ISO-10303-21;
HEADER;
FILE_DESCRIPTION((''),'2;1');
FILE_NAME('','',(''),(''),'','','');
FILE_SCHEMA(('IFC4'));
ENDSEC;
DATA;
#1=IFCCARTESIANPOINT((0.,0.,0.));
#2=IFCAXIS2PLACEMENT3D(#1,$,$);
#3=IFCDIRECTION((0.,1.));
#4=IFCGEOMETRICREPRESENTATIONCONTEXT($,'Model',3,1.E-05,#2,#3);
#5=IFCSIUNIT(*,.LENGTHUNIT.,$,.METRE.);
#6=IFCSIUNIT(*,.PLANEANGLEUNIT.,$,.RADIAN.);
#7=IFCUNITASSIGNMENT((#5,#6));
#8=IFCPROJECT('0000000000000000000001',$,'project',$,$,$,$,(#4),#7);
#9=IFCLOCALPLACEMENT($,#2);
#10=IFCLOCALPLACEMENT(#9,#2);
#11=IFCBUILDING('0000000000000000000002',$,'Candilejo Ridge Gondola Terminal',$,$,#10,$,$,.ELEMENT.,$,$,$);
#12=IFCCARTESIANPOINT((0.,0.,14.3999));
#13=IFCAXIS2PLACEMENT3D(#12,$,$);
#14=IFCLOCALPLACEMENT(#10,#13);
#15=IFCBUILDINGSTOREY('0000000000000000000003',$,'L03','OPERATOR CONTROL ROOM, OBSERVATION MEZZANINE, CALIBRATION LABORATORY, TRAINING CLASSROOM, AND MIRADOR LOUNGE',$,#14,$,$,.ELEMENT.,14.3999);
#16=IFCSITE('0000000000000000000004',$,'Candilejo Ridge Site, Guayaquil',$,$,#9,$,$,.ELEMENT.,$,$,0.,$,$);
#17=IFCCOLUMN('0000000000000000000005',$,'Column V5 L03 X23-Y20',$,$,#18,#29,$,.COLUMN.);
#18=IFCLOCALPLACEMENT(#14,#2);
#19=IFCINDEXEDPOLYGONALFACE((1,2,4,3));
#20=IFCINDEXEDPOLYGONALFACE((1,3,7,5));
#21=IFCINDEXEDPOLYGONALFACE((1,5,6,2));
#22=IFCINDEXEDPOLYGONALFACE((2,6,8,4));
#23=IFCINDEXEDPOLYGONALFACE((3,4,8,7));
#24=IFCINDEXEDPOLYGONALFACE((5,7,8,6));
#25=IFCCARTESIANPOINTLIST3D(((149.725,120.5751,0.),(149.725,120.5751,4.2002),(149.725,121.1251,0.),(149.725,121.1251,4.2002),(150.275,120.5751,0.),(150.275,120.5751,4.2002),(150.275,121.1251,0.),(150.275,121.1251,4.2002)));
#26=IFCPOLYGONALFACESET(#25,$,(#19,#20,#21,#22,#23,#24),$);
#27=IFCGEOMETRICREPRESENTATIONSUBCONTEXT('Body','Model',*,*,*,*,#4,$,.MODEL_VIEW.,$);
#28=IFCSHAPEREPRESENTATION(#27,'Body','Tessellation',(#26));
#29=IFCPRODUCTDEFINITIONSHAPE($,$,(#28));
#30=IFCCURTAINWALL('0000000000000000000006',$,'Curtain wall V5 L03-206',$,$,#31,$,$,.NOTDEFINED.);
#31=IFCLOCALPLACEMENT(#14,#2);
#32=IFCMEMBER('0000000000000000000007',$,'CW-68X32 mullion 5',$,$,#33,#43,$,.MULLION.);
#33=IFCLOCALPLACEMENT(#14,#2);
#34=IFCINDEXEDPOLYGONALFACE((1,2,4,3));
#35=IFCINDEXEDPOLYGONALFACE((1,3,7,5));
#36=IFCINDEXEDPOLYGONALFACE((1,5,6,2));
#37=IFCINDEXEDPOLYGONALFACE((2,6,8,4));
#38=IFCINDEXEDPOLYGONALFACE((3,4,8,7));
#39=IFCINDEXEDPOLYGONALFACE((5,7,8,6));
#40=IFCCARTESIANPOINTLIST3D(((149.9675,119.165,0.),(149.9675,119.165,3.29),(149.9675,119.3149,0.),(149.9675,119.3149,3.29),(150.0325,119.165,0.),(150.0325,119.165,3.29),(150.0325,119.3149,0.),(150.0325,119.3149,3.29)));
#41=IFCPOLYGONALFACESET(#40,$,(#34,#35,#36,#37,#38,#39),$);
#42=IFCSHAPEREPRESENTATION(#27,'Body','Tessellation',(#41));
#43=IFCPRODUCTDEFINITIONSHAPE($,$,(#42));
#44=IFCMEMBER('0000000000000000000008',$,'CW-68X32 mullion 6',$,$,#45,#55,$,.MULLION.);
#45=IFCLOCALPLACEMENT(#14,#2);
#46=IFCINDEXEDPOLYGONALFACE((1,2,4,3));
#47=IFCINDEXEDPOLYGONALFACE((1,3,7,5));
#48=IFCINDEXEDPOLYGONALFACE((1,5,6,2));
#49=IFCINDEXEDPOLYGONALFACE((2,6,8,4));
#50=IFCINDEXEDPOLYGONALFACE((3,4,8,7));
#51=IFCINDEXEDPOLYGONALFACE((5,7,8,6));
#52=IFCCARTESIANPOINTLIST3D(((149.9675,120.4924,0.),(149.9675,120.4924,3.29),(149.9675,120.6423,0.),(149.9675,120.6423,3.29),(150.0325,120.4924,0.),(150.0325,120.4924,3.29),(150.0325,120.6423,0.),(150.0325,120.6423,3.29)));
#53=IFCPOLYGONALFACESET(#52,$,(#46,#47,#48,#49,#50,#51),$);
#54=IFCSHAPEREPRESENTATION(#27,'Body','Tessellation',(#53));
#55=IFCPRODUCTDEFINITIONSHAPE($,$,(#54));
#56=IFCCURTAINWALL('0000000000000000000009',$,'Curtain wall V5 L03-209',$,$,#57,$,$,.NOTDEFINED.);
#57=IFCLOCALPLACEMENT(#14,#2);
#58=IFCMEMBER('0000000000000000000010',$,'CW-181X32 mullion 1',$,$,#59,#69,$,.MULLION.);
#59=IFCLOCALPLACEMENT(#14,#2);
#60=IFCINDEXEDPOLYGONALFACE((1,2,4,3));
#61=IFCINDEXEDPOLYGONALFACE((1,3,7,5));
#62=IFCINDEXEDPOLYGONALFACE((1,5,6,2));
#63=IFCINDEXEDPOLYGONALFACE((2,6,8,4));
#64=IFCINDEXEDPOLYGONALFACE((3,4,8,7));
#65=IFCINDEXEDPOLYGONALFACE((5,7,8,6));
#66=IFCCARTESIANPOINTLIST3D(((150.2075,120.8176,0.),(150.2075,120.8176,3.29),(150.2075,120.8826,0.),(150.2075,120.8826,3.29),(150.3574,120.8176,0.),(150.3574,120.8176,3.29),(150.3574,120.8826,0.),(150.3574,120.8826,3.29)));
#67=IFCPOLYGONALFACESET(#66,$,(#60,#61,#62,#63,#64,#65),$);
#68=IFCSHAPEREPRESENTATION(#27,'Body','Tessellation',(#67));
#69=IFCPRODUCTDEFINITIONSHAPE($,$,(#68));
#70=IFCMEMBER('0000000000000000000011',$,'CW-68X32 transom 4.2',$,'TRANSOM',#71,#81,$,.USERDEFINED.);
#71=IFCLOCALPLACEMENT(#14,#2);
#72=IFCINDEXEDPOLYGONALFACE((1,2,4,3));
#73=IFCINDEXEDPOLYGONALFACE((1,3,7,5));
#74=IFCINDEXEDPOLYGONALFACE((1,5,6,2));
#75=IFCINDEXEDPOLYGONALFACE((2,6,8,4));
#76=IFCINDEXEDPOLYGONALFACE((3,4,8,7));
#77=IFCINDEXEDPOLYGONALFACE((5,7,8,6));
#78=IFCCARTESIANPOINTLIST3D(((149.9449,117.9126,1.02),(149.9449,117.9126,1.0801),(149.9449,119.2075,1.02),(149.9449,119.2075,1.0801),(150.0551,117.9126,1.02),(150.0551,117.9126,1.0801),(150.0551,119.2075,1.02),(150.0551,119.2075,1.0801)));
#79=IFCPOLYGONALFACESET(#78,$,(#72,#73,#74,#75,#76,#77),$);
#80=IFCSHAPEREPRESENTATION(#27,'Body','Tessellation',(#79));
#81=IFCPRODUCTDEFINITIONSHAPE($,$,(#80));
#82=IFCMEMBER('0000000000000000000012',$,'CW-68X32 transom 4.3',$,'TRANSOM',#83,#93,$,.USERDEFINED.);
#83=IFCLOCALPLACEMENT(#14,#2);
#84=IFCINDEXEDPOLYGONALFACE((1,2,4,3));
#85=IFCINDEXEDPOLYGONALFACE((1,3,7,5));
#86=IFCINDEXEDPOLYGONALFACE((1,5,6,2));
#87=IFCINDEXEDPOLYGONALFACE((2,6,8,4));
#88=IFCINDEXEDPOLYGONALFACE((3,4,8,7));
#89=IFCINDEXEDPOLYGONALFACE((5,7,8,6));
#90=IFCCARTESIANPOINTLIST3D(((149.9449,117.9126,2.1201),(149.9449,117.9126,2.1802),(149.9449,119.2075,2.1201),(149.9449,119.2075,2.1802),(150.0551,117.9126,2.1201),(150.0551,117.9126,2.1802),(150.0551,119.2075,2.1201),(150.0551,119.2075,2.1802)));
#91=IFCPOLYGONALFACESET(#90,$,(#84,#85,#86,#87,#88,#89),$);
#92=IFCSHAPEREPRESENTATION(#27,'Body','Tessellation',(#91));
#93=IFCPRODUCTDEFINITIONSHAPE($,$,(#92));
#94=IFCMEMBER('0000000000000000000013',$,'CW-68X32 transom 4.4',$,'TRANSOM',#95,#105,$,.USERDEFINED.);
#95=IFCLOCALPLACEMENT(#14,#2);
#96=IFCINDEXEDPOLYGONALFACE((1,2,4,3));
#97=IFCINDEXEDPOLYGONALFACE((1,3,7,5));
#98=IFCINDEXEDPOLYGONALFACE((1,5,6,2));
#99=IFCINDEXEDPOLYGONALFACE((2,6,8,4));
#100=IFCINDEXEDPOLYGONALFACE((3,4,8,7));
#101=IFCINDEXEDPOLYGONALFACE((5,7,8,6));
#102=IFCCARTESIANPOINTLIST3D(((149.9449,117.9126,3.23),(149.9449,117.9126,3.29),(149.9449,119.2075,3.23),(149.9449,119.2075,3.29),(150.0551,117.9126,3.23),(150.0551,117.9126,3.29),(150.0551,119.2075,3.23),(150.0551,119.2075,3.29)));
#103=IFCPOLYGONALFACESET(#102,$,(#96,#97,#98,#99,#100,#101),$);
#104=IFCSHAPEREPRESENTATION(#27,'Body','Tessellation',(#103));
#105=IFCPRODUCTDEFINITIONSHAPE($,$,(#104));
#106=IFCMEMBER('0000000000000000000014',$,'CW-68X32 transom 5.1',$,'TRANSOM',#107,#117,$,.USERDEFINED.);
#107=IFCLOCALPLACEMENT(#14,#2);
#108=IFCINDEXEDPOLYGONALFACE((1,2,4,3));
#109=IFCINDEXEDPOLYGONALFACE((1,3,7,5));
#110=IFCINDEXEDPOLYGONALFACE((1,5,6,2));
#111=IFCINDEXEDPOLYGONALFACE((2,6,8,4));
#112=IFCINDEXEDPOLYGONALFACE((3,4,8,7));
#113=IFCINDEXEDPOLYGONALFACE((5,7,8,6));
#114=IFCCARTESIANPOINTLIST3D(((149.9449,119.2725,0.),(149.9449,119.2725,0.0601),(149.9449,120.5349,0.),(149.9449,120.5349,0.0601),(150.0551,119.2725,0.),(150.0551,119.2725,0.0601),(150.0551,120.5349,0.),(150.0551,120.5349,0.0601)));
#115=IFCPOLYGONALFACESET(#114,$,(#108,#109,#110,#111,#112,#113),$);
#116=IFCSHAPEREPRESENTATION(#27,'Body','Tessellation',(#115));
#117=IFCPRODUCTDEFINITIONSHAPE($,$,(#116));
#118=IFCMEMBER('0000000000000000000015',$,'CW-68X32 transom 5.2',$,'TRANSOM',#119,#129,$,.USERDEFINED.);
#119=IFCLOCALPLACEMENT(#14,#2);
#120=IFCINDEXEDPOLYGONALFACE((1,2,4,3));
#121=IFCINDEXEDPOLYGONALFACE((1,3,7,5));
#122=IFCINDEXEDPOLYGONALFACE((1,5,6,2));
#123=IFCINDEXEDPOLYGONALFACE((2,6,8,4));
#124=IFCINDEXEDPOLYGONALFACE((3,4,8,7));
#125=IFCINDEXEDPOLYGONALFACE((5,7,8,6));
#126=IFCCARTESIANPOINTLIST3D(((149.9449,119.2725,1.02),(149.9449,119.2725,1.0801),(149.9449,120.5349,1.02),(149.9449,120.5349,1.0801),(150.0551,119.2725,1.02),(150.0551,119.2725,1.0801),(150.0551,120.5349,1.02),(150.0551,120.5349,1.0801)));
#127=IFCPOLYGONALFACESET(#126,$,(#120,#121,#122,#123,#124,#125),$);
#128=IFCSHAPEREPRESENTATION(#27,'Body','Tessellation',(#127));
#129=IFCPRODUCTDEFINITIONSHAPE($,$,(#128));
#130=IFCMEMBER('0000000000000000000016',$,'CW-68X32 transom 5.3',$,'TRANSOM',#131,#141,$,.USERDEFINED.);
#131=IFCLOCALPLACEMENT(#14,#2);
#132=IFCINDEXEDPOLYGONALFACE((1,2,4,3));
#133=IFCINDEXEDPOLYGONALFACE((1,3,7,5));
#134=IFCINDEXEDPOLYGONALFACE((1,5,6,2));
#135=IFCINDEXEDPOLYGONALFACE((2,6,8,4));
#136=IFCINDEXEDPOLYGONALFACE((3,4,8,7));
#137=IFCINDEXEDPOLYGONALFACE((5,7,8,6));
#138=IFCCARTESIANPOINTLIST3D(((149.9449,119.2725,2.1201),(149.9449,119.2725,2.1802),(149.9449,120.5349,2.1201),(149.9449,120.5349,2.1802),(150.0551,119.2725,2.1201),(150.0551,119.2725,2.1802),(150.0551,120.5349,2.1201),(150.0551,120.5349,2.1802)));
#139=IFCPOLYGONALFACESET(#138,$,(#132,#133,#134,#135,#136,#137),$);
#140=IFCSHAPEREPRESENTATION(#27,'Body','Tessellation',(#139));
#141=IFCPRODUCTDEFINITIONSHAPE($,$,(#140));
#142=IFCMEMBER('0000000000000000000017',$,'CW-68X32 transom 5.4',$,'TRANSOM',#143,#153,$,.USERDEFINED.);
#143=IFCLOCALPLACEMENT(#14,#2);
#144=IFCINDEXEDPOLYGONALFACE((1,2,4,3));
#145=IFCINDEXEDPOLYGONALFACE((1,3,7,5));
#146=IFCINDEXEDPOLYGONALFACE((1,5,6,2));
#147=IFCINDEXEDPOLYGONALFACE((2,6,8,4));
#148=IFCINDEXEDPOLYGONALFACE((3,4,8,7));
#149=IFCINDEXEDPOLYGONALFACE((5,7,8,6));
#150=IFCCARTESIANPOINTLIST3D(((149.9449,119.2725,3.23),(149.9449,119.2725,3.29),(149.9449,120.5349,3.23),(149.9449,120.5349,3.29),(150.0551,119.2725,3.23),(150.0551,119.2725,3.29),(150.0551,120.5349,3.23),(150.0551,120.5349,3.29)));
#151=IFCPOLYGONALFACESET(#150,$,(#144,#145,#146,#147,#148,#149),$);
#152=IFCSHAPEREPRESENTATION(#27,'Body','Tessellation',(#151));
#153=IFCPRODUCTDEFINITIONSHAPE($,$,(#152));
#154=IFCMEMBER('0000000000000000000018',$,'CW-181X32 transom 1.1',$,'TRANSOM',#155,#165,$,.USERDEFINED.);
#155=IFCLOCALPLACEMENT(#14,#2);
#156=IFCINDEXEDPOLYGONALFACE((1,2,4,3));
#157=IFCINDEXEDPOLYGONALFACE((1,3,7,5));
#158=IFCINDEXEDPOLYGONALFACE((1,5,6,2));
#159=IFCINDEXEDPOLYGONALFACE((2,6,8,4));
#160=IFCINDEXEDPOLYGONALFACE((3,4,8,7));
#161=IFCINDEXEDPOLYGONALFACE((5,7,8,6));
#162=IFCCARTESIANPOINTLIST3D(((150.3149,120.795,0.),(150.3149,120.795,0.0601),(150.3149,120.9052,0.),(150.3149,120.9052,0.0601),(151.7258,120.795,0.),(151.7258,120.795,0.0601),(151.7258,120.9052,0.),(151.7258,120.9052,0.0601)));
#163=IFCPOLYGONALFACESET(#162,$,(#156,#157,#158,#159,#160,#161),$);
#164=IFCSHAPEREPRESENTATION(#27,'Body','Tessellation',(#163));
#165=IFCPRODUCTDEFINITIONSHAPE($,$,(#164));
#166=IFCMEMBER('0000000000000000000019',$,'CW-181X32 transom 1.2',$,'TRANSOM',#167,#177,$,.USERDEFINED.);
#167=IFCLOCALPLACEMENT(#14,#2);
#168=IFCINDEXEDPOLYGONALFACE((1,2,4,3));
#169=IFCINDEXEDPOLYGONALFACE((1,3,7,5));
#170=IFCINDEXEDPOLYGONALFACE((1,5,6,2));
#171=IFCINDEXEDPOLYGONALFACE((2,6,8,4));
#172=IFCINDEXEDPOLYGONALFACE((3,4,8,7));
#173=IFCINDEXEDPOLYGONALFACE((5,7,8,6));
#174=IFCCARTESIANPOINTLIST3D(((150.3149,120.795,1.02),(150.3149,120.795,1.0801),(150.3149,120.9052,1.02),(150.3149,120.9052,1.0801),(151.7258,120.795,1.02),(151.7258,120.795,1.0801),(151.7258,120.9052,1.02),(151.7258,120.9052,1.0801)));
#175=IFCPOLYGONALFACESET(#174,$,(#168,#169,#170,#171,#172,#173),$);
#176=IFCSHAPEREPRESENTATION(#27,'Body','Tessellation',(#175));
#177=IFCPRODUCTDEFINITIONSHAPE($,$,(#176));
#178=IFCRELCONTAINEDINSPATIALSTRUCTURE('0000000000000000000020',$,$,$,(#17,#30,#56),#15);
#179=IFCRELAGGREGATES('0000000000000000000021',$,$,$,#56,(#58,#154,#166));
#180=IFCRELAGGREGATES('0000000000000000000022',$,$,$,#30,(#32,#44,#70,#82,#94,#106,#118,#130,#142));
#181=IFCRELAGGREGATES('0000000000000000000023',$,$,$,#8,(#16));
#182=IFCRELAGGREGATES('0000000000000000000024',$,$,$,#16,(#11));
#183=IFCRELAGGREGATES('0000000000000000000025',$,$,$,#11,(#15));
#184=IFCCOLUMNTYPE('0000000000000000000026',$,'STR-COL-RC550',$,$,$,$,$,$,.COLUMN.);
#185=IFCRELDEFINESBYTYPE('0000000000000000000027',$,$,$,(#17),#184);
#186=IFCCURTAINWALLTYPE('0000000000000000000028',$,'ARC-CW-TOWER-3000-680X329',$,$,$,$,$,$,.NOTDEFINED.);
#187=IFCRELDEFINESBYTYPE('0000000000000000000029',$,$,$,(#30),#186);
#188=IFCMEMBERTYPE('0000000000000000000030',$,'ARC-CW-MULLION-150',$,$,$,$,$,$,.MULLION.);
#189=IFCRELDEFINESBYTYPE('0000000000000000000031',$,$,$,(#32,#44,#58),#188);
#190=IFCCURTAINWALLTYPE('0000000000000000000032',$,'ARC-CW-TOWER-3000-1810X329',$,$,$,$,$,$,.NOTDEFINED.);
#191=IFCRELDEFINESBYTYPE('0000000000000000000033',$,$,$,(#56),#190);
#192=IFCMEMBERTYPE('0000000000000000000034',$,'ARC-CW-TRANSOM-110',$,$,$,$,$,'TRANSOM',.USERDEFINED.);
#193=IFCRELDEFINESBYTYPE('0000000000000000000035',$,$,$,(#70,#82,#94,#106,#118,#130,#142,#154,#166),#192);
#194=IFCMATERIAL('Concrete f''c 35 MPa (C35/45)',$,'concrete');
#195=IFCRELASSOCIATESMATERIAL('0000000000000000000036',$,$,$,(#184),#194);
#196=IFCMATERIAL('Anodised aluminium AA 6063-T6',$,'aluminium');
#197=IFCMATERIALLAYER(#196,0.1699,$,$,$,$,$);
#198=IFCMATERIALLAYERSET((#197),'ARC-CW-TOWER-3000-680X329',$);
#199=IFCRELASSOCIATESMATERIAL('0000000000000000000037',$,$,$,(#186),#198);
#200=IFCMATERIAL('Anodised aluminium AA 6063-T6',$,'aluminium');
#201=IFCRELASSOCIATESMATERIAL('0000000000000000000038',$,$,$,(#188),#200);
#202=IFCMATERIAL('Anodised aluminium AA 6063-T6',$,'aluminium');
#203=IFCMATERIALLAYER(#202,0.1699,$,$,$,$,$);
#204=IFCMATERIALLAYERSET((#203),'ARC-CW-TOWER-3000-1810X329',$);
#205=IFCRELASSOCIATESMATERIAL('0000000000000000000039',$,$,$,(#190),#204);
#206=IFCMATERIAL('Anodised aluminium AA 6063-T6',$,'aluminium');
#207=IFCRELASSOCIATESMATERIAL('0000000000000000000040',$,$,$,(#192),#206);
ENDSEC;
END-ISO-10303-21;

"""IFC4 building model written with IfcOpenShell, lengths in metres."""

from ifc_helpers import new_model, si_unit, direction, frame, origin, origin_2d, place, context, subcontext, project, spatial, rectangle, extrude, material, layer, layer_set, material_profile, profile_set, type_object, element, aggregate, save


model = new_model("IFC4")

# Units and contexts
model_context = context("Model", 3, precision=1e-05, world=origin(), true_north=direction((0.0, 1.0)))
body_context = subcontext(model_context, "Body", "Model", "MODEL_VIEW")
ifc_project = project(units=[si_unit("LENGTHUNIT", "METRE"), si_unit("PLANEANGLEUNIT", "RADIAN")], contexts=[model_context])

# Site, building, storey
site_placement = place(None, origin())
site = spatial("IfcSite", under=ifc_project, at=site_placement, Name="Candilejo Ridge Site, Guayaquil", CompositionType="ELEMENT", RefElevation=0.0)
building_placement = place(site_placement, origin())
building = spatial("IfcBuilding", under=site, at=building_placement, Name="Candilejo Ridge Gondola Terminal", CompositionType="ELEMENT")
storey_placement = place(building_placement, frame((0.0, 0.0, 14.3999)))
storey = spatial("IfcBuildingStorey", under=building, at=storey_placement, Name="L03", Description="OPERATOR CONTROL ROOM, OBSERVATION MEZZANINE, CALIBRATION LABORATORY, TRAINING CLASSROOM, AND MIRADOR LOUNGE", CompositionType="ELEMENT", Elevation=14.3999)

# Column
ifc_material_1 = material(Name="Concrete f'c 35 MPa (C35/45)", Category="concrete")
ifc_material_profile_1 = material_profile(ifc_material_1, rectangle(XDim=0.55, YDim=0.55, at=origin_2d()))
ifc_profile_set_1 = profile_set([ifc_material_profile_1], Name="Concrete f'c 35 MPa (C35/45)")
column_type = type_object("IfcColumnType", Name="STR-COL-RC550", PredefinedType="COLUMN", material=ifc_profile_set_1)
column_placement = place(storey_placement, frame((150.0, 120.8501, 0.0), z_axis=(0.0, 0.0, 1.0), x_axis=(1.0, 0.0, 0.0)))
element("IfcColumn", 1, at=column_placement, inside=storey, type_object=column_type, Name="Column V5 L03 X23-Y20", PredefinedType="COLUMN", context=body_context, shape_type="SweptSolid", body=[
    extrude(rectangle(XDim=0.55, YDim=0.55, at=origin_2d()), origin(), (0.0, 0.0, 1.0), 4.2002),
])

# Curtain wall, members
ifc_material_2 = material(Name="Anodised aluminium AA 6063-T6", Category="aluminium")
ifc_layer_1 = layer(ifc_material_2, 0.1699)
ifc_layer_set_1 = layer_set([ifc_layer_1], Name="ARC-CW-TOWER-3000-680X329")
curtain_wall_type_1 = type_object("IfcCurtainWallType", Name="ARC-CW-TOWER-3000-680X329", PredefinedType="NOTDEFINED", material=ifc_layer_set_1)
curtain_wall_1_placement = place(storey_placement, origin())
curtain_wall_1 = element("IfcCurtainWall", 2, at=curtain_wall_1_placement, inside=storey, type_object=curtain_wall_type_1, Name="Curtain wall V5 L03-206", PredefinedType="NOTDEFINED")
ifc_material_3 = material(Name="Anodised aluminium AA 6063-T6", Category="aluminium")
ifc_material_profile_2 = material_profile(ifc_material_3, rectangle(XDim=0.0649, YDim=0.1499, at=origin_2d()))
ifc_profile_set_2 = profile_set([ifc_material_profile_2], Name="Anodised aluminium AA 6063-T6")
member_type_1 = type_object("IfcMemberType", Name="ARC-CW-MULLION-150", PredefinedType="MULLION", material=ifc_profile_set_2)
member_1_placement = place(storey_placement, frame((150.0, 119.24, 0.0), z_axis=(0.0, 0.0, 1.0), x_axis=(-1.0, 0.0, 0.0)))
member_1 = element("IfcMember", 3, at=member_1_placement, type_object=member_type_1, Name="CW-68X32 mullion 5", PredefinedType="MULLION", context=body_context, shape_type="SweptSolid", body=[
    extrude(rectangle(XDim=0.0649, YDim=0.1499, at=origin_2d()), origin(), (0.0, 0.0, 1.0), 3.29),
])
member_2_placement = place(storey_placement, frame((150.0, 120.5674, 0.0), z_axis=(0.0, 0.0, 1.0), x_axis=(-1.0, 0.0, 0.0)))
member_2 = element("IfcMember", 4, at=member_2_placement, type_object=member_type_1, Name="CW-68X32 mullion 6", PredefinedType="MULLION", context=body_context, shape_type="SweptSolid", body=[
    extrude(rectangle(XDim=0.0649, YDim=0.1499, at=origin_2d()), origin(), (0.0, 0.0, 1.0), 3.29),
])

# Curtain wall, member
ifc_material_4 = material(Name="Anodised aluminium AA 6063-T6", Category="aluminium")
ifc_layer_2 = layer(ifc_material_4, 0.1699)
ifc_layer_set_2 = layer_set([ifc_layer_2], Name="ARC-CW-TOWER-3000-1810X329")
curtain_wall_type_2 = type_object("IfcCurtainWallType", Name="ARC-CW-TOWER-3000-1810X329", PredefinedType="NOTDEFINED", material=ifc_layer_set_2)
curtain_wall_2_placement = place(storey_placement, origin())
curtain_wall_2 = element("IfcCurtainWall", 5, at=curtain_wall_2_placement, inside=storey, type_object=curtain_wall_type_2, Name="Curtain wall V5 L03-209", PredefinedType="NOTDEFINED")
member_3_placement = place(storey_placement, frame((150.2825, 120.8501, 0.0), z_axis=(0.0, 0.0, 1.0), x_axis=(0.0, 1.0, 0.0)))
member_3 = element("IfcMember", 6, at=member_3_placement, type_object=member_type_1, Name="CW-181X32 mullion 1", PredefinedType="MULLION", context=body_context, shape_type="SweptSolid", body=[
    extrude(rectangle(XDim=0.0649, YDim=0.1499, at=origin_2d()), origin(), (0.0, 0.0, 1.0), 3.29),
])

# Members
ifc_material_5 = material(Name="Anodised aluminium AA 6063-T6", Category="aluminium")
ifc_material_profile_3 = material_profile(ifc_material_5, rectangle(XDim=0.1101, YDim=0.0601, at=origin_2d()))
ifc_profile_set_3 = profile_set([ifc_material_profile_3], Name="Anodised aluminium AA 6063-T6")
member_type_2 = type_object("IfcMemberType", Name="ARC-CW-TRANSOM-110", ElementType="TRANSOM", PredefinedType="USERDEFINED", material=ifc_profile_set_3)
member_4_placement = place(storey_placement, frame((150.0, 117.9126, 1.05), z_axis=(0.0, 1.0, 0.0), x_axis=(-1.0, 0.0, 0.0)))
member_4 = element("IfcMember", 7, at=member_4_placement, type_object=member_type_2, Name="CW-68X32 transom 4.2", ObjectType="TRANSOM", PredefinedType="USERDEFINED", context=body_context, shape_type="SweptSolid", body=[
    extrude(rectangle(XDim=0.1101, YDim=0.0601, at=origin_2d()), origin(), (0.0, 0.0, 1.0), 1.2949),
])
member_5_placement = place(storey_placement, frame((150.0, 117.9126, 2.1501), z_axis=(0.0, 1.0, 0.0), x_axis=(-1.0, 0.0, 0.0)))
member_5 = element("IfcMember", 8, at=member_5_placement, type_object=member_type_2, Name="CW-68X32 transom 4.3", ObjectType="TRANSOM", PredefinedType="USERDEFINED", context=body_context, shape_type="SweptSolid", body=[
    extrude(rectangle(XDim=0.1101, YDim=0.0601, at=origin_2d()), origin(), (0.0, 0.0, 1.0), 1.2949),
])
member_6_placement = place(storey_placement, frame((150.0, 117.9126, 3.26), z_axis=(0.0, 1.0, 0.0), x_axis=(-1.0, 0.0, 0.0)))
member_6 = element("IfcMember", 9, at=member_6_placement, type_object=member_type_2, Name="CW-68X32 transom 4.4", ObjectType="TRANSOM", PredefinedType="USERDEFINED", context=body_context, shape_type="SweptSolid", body=[
    extrude(rectangle(XDim=0.1101, YDim=0.0601, at=origin_2d()), origin(), (0.0, 0.0, 1.0), 1.2949),
])
member_7_placement = place(storey_placement, frame((150.0, 119.2725, 0.03), z_axis=(0.0, 1.0, 0.0), x_axis=(-1.0, 0.0, 0.0)))
member_7 = element("IfcMember", 10, at=member_7_placement, type_object=member_type_2, Name="CW-68X32 transom 5.1", ObjectType="TRANSOM", PredefinedType="USERDEFINED", context=body_context, shape_type="SweptSolid", body=[
    extrude(rectangle(XDim=0.1101, YDim=0.0601, at=origin_2d()), origin(), (0.0, 0.0, 1.0), 1.2625),
])
member_8_placement = place(storey_placement, frame((150.0, 119.2725, 1.05), z_axis=(0.0, 1.0, 0.0), x_axis=(-1.0, 0.0, 0.0)))
member_8 = element("IfcMember", 11, at=member_8_placement, type_object=member_type_2, Name="CW-68X32 transom 5.2", ObjectType="TRANSOM", PredefinedType="USERDEFINED", context=body_context, shape_type="SweptSolid", body=[
    extrude(rectangle(XDim=0.1101, YDim=0.0601, at=origin_2d()), origin(), (0.0, 0.0, 1.0), 1.2625),
])
member_9_placement = place(storey_placement, frame((150.0, 119.2725, 2.1501), z_axis=(0.0, 1.0, 0.0), x_axis=(-1.0, 0.0, 0.0)))
member_9 = element("IfcMember", 12, at=member_9_placement, type_object=member_type_2, Name="CW-68X32 transom 5.3", ObjectType="TRANSOM", PredefinedType="USERDEFINED", context=body_context, shape_type="SweptSolid", body=[
    extrude(rectangle(XDim=0.1101, YDim=0.0601, at=origin_2d()), origin(), (0.0, 0.0, 1.0), 1.2625),
])
member_10_placement = place(storey_placement, frame((150.0, 119.2725, 3.26), z_axis=(0.0, 1.0, 0.0), x_axis=(-1.0, 0.0, 0.0)))
member_10 = element("IfcMember", 13, at=member_10_placement, type_object=member_type_2, Name="CW-68X32 transom 5.4", ObjectType="TRANSOM", PredefinedType="USERDEFINED", context=body_context, shape_type="SweptSolid", body=[
    extrude(rectangle(XDim=0.1101, YDim=0.0601, at=origin_2d()), origin(), (0.0, 0.0, 1.0), 1.2625),
])
member_11_placement = place(storey_placement, frame((150.3149, 120.8501, 0.03), z_axis=(1.0, 0.0, 0.0), x_axis=(0.0, 1.0, 0.0)))
member_11 = element("IfcMember", 14, at=member_11_placement, type_object=member_type_2, Name="CW-181X32 transom 1.1", ObjectType="TRANSOM", PredefinedType="USERDEFINED", context=body_context, shape_type="SweptSolid", body=[
    extrude(rectangle(XDim=0.1101, YDim=0.0601, at=origin_2d()), origin(), (0.0, 0.0, 1.0), 1.4109),
])
member_12_placement = place(storey_placement, frame((150.3149, 120.8501, 1.05), z_axis=(1.0, 0.0, 0.0), x_axis=(0.0, 1.0, 0.0)))
member_12 = element("IfcMember", 15, at=member_12_placement, type_object=member_type_2, Name="CW-181X32 transom 1.2", ObjectType="TRANSOM", PredefinedType="USERDEFINED", context=body_context, shape_type="SweptSolid", body=[
    extrude(rectangle(XDim=0.1101, YDim=0.0601, at=origin_2d()), origin(), (0.0, 0.0, 1.0), 1.4109),
])
aggregate(curtain_wall_2, [member_3, member_11, member_12])

aggregate(curtain_wall_1, [member_1, member_2, member_4, member_5, member_6, member_7, member_8, member_9, member_10])

save(model, "model.ifc")
